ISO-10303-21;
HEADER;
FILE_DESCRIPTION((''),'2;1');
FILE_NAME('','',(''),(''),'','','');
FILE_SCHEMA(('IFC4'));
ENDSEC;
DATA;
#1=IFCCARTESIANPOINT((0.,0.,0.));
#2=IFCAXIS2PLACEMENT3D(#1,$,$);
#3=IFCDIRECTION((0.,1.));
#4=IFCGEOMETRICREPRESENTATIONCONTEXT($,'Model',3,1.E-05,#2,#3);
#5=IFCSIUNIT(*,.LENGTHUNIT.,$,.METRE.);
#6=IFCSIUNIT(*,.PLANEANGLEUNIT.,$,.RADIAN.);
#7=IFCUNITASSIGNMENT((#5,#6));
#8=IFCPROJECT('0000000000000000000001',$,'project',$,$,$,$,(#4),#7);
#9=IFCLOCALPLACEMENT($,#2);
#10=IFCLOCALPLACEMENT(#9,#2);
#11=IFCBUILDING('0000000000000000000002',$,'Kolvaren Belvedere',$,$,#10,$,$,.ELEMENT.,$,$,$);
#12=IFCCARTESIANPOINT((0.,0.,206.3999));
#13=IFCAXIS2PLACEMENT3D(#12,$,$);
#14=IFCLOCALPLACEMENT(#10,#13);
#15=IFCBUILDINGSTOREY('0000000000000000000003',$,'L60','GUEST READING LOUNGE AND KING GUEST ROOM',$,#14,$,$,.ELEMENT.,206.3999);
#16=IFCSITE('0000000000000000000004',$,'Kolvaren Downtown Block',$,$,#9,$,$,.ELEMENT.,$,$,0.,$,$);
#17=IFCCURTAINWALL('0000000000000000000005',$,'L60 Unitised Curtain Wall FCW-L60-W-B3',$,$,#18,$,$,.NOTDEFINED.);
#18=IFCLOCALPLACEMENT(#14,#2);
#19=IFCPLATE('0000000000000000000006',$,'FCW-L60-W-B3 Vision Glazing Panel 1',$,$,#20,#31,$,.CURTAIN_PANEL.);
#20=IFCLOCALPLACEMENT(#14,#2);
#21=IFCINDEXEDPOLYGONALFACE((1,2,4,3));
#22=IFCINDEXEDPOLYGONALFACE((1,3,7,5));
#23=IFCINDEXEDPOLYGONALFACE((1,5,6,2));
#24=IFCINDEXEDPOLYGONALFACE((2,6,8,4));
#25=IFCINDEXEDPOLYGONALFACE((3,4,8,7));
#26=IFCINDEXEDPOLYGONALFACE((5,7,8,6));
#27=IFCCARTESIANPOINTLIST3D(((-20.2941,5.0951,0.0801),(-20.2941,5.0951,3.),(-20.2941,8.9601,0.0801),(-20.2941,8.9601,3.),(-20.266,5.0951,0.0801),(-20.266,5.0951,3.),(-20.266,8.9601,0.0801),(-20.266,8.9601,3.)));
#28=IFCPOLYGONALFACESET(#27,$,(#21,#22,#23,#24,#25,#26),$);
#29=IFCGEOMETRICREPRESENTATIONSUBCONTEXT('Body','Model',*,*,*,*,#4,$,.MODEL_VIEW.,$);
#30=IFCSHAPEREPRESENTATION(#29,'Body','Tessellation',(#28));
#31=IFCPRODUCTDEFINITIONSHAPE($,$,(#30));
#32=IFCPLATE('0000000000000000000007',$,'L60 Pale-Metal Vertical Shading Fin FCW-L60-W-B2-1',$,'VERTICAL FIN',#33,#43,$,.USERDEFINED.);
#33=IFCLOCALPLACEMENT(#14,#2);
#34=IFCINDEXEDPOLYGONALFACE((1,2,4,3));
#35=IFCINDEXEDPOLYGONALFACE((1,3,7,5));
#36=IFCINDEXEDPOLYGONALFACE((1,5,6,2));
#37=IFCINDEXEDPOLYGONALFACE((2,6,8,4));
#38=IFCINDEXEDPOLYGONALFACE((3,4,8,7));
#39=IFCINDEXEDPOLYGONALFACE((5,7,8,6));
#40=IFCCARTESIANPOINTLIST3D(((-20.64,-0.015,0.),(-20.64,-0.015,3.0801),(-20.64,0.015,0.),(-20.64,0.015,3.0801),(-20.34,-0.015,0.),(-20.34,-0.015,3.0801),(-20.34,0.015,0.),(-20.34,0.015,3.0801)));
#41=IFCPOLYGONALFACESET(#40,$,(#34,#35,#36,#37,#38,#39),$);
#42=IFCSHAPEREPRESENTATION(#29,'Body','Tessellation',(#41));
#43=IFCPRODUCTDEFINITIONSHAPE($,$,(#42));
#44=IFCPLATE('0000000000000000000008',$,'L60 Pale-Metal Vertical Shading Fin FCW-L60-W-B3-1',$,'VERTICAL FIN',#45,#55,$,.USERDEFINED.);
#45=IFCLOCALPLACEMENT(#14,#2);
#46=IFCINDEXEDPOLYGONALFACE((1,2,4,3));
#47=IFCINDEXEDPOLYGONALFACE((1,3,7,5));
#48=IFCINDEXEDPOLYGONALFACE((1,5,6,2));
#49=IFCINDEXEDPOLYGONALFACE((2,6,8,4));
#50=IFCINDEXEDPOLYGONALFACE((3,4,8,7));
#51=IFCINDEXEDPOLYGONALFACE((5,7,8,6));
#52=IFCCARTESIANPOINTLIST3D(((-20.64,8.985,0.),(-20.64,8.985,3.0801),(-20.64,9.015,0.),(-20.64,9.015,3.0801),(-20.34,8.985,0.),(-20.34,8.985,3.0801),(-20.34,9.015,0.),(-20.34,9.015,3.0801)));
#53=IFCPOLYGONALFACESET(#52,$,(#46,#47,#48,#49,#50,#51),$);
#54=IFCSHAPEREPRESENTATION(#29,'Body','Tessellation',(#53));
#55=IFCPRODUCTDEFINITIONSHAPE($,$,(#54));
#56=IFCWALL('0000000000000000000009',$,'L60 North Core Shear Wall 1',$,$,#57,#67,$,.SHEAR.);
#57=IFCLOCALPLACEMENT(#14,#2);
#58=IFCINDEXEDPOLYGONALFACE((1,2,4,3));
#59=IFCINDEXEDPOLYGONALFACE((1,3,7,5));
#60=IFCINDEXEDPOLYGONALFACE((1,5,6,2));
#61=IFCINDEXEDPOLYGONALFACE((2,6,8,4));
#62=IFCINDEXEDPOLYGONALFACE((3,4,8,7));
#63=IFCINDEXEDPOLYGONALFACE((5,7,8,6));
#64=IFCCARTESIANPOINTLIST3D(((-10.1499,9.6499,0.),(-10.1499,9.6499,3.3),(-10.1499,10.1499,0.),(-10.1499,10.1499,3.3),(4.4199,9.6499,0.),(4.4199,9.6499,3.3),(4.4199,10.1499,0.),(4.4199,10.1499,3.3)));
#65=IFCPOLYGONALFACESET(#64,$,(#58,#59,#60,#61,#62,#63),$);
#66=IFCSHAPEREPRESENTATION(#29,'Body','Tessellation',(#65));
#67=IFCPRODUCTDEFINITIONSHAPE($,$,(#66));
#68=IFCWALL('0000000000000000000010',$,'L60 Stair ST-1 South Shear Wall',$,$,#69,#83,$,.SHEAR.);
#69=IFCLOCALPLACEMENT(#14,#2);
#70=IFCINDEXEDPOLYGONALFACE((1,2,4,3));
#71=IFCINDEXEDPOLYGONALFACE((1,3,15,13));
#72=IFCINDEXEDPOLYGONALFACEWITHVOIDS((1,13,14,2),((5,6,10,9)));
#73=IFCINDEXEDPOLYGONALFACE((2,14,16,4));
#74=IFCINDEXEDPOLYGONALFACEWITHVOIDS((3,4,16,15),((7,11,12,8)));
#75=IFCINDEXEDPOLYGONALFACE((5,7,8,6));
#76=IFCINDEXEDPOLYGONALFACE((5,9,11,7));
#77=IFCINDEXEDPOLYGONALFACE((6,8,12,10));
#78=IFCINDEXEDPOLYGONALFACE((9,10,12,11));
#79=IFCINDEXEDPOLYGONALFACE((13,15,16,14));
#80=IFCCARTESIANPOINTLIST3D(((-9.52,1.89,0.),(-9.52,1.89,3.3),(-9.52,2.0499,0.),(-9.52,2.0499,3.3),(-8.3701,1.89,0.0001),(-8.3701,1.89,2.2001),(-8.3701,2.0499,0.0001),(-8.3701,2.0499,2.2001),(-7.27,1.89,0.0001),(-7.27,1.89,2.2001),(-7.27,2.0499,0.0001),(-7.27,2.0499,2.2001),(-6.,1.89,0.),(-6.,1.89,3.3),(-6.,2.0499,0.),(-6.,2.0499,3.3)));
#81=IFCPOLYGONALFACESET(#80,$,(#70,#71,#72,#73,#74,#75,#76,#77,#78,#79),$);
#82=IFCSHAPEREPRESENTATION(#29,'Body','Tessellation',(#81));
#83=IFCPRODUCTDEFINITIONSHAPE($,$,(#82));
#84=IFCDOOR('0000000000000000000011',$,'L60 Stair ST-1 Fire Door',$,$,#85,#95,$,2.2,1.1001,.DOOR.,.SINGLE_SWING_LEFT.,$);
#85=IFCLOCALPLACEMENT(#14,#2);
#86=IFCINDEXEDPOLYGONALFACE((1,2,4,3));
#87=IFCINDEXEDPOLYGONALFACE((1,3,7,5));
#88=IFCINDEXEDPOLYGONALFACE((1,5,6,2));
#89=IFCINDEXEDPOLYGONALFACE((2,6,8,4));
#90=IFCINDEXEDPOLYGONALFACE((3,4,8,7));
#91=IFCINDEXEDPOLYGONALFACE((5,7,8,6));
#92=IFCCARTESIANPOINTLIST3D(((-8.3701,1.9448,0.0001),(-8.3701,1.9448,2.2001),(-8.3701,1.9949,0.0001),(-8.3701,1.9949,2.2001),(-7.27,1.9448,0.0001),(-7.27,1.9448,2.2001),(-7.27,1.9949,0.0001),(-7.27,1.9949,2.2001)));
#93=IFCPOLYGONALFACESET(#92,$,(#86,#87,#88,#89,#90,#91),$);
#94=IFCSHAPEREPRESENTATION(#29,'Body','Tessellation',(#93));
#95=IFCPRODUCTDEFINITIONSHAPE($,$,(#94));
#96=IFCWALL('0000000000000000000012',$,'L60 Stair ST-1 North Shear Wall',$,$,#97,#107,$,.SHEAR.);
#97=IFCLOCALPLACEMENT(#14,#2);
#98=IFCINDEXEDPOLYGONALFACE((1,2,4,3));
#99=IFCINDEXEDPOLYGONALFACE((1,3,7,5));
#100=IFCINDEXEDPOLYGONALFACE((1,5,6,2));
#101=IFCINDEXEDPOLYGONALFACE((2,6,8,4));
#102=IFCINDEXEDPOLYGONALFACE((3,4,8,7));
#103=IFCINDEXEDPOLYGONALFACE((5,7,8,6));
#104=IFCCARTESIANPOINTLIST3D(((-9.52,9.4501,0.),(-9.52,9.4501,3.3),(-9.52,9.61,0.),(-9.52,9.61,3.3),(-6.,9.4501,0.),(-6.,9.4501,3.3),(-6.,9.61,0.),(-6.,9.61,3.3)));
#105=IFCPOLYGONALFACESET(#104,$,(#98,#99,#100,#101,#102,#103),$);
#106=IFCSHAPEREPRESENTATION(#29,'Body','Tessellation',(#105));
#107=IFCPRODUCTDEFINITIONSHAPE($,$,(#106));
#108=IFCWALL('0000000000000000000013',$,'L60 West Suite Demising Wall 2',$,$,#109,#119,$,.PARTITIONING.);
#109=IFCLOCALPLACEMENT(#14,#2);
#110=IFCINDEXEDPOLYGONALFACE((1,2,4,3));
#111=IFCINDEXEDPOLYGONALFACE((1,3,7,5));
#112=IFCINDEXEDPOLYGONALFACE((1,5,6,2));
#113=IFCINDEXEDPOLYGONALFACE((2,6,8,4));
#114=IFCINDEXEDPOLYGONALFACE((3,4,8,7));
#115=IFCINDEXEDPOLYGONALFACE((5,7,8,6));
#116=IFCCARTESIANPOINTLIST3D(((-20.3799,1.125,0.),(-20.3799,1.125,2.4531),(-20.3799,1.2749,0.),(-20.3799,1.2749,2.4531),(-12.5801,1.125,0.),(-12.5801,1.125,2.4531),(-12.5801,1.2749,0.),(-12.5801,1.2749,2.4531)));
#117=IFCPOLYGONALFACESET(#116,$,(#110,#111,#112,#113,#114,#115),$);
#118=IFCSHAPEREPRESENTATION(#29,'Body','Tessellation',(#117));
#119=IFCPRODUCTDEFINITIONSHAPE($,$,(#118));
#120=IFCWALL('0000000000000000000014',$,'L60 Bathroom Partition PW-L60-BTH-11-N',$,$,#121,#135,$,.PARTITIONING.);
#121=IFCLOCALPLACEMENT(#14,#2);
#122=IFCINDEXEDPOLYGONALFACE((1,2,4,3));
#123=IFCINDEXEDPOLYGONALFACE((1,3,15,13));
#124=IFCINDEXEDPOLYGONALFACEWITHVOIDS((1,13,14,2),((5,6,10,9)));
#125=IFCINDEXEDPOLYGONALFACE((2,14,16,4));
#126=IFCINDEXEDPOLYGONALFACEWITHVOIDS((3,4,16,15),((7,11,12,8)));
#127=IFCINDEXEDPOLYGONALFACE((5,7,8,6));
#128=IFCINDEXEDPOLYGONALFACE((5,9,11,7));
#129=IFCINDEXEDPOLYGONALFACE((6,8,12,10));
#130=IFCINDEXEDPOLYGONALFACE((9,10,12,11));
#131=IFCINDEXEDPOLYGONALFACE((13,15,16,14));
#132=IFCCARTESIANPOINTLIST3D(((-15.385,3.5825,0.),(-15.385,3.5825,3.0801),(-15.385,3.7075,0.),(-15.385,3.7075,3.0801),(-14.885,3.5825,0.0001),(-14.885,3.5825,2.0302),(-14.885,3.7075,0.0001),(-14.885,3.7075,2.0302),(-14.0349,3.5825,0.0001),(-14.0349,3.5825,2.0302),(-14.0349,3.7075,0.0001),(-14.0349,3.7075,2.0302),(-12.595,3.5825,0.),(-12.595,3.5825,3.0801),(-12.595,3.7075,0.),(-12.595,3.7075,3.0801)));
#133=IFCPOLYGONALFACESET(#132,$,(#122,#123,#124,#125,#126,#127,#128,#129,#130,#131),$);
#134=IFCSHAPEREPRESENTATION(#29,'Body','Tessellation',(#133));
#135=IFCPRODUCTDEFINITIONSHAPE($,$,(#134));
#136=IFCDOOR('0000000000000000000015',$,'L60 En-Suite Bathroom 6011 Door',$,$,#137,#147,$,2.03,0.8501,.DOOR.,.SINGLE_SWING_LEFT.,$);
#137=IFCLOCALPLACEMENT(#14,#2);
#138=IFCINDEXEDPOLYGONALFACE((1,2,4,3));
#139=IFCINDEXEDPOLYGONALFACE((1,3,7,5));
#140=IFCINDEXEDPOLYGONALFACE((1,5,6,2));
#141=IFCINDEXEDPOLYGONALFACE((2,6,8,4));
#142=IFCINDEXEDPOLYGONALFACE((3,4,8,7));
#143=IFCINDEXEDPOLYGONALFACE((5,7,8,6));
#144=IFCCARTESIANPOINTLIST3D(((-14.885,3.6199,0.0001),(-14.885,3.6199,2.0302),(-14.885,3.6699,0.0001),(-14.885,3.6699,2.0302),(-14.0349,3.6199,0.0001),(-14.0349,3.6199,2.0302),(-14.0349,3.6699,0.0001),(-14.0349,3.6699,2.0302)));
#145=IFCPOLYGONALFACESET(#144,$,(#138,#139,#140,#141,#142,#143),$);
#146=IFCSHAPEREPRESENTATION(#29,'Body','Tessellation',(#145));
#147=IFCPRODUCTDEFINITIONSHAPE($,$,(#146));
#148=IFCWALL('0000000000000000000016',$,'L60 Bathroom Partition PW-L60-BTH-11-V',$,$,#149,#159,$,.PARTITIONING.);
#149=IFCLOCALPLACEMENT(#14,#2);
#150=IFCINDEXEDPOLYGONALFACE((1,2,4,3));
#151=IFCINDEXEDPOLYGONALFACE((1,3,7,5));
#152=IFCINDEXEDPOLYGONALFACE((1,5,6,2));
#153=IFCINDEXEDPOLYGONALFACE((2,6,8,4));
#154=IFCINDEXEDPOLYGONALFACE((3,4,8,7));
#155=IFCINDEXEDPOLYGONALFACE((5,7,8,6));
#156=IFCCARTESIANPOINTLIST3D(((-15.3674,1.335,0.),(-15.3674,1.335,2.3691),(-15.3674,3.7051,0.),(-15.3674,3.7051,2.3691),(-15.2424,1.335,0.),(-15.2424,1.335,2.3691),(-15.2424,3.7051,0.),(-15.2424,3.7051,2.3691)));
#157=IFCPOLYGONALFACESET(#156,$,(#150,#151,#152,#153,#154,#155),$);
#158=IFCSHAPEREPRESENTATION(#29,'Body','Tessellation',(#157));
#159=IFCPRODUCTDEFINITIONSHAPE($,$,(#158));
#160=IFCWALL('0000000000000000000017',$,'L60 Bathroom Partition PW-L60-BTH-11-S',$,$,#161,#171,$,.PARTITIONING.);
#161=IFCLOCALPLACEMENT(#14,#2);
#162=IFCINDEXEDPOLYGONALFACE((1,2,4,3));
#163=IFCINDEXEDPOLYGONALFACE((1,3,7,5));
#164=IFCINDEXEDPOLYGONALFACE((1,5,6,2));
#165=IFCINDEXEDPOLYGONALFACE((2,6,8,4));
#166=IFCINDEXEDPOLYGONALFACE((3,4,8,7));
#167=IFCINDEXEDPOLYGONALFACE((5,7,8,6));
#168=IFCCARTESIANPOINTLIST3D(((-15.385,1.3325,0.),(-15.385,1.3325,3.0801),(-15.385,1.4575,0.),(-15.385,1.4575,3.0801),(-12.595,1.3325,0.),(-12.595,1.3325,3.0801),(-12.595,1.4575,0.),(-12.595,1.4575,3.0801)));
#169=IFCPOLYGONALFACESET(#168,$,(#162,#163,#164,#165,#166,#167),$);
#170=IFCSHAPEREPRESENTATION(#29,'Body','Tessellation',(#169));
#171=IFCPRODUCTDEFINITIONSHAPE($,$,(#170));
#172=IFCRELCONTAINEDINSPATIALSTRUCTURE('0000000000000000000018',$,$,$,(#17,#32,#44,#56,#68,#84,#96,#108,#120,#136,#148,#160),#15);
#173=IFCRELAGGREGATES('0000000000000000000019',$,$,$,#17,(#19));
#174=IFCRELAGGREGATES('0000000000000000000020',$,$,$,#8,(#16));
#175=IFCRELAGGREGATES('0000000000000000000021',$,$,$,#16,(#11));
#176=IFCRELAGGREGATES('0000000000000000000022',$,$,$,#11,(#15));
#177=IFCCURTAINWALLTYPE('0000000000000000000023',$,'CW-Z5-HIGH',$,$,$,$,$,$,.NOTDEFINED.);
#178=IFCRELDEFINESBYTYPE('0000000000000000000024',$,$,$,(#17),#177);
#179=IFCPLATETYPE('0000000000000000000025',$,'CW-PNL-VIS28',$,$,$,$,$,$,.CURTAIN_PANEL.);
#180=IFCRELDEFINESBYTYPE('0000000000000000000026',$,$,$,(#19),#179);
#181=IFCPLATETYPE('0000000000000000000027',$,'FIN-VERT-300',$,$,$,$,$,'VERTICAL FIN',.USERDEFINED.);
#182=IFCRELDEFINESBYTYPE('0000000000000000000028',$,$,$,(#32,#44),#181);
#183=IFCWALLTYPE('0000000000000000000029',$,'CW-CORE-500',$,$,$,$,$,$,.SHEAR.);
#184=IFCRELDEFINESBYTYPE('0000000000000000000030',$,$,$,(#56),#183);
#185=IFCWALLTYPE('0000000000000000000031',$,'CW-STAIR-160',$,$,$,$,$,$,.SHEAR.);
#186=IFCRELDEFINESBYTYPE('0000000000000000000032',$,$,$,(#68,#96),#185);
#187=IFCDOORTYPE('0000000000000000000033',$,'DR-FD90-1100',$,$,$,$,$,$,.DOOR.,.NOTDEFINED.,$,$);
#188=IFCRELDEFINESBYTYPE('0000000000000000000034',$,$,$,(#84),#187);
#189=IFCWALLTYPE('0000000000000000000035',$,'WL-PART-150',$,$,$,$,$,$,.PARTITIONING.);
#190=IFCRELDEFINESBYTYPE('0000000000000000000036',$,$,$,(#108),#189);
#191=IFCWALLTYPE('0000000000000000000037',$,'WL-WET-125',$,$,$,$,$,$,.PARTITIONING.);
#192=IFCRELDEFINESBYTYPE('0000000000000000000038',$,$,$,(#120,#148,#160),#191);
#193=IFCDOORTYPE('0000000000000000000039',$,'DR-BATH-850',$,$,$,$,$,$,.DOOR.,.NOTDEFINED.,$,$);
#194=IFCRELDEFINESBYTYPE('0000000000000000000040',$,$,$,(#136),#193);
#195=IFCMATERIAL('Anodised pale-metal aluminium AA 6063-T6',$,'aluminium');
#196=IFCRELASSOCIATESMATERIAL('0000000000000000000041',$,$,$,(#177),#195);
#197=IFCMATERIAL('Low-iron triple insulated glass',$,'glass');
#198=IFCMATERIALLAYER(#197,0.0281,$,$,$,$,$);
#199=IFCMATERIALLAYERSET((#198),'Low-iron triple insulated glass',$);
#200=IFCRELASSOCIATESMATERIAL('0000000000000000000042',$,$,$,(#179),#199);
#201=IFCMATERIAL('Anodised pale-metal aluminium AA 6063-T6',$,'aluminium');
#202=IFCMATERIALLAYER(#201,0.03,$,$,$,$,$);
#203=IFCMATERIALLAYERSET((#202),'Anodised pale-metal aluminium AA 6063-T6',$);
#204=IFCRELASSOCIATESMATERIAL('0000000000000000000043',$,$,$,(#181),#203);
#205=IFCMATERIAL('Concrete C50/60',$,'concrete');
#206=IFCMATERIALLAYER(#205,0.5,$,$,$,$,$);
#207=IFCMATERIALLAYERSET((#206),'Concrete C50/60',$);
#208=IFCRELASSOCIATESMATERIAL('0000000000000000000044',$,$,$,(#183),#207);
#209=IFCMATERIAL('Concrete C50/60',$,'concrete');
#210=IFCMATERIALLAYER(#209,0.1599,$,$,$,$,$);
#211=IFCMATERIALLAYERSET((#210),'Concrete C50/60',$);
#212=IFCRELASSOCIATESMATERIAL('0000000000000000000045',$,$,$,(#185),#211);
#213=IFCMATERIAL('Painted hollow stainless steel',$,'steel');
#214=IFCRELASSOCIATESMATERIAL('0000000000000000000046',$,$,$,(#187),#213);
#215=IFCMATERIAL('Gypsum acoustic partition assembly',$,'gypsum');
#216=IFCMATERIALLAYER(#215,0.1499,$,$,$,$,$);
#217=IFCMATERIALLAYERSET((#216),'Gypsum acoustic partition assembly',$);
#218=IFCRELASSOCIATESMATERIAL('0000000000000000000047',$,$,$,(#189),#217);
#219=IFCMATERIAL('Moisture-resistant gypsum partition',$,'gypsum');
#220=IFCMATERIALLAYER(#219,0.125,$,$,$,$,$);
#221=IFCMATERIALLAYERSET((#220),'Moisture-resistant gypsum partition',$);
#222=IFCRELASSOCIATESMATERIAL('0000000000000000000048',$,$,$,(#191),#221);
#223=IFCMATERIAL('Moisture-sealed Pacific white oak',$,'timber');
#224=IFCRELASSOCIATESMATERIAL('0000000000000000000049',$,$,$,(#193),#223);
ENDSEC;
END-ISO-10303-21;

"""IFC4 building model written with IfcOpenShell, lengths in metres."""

from ifc_helpers import new_model, si_unit, direction, frame, frame_2d, origin, origin_2d, place, context, subcontext, project, spatial, rectangle, extrude, material, layer, layer_set, type_object, element, fill, aggregate, save


model = new_model("IFC4")

# Units and contexts
model_context = context("Model", 3, precision=1e-05, world=origin(), true_north=direction((0.0, 1.0)))
body_context = subcontext(model_context, "Body", "Model", "MODEL_VIEW")
ifc_project = project(units=[si_unit("LENGTHUNIT", "METRE"), si_unit("PLANEANGLEUNIT", "RADIAN")], contexts=[model_context])

# Site, building, storey
site_placement = place(None, origin())
site = spatial("IfcSite", under=ifc_project, at=site_placement, Name="Kolvaren Downtown Block", CompositionType="ELEMENT", RefElevation=0.0)
building_placement = place(site_placement, origin())
building = spatial("IfcBuilding", under=site, at=building_placement, Name="Kolvaren Belvedere", CompositionType="ELEMENT")
storey_placement = place(building_placement, frame((0.0, 0.0, 206.3999)))
storey = spatial("IfcBuildingStorey", under=building, at=storey_placement, Name="L60", Description="GUEST READING LOUNGE AND KING GUEST ROOM", CompositionType="ELEMENT", Elevation=206.3999)

# Curtain wall
ifc_material_1 = material(Name="Anodised pale-metal aluminium AA 6063-T6", Category="aluminium")
curtain_wall_type = type_object("IfcCurtainWallType", Name="CW-Z5-HIGH", PredefinedType="NOTDEFINED", material=ifc_material_1)
curtain_wall_1_placement = place(storey_placement, origin())
curtain_wall_1 = element("IfcCurtainWall", 1, at=curtain_wall_1_placement, inside=storey, type_object=curtain_wall_type, Name="L60 Unitised Curtain Wall FCW-L60-W-B3", PredefinedType="NOTDEFINED")

# Plate
ifc_material_2 = material(Name="Low-iron triple insulated glass", Category="glass")
ifc_layer_1 = layer(ifc_material_2, 0.0281)
ifc_layer_set_1 = layer_set([ifc_layer_1], Name="Low-iron triple insulated glass")
plate_type_1 = type_object("IfcPlateType", Name="CW-PNL-VIS28", PredefinedType="CURTAIN_PANEL", material=ifc_layer_set_1)
plate_1_placement = place(storey_placement, frame((-20.28, 7.0276, 0.0801), z_axis=(0.0, 0.0, 1.0), x_axis=(0.0, 1.0, 0.0)))
plate_1 = element("IfcPlate", 2, at=plate_1_placement, type_object=plate_type_1, Name="FCW-L60-W-B3 Vision Glazing Panel 1", PredefinedType="CURTAIN_PANEL", context=body_context, shape_type="SweptSolid", body=[
    extrude(rectangle(XDim=3.865, YDim=0.0281, at=origin_2d()), origin(), (0.0, 0.0, 1.0), 2.9199),
])
aggregate(curtain_wall_1, [plate_1])

# Plates
ifc_material_3 = material(Name="Anodised pale-metal aluminium AA 6063-T6", Category="aluminium")
ifc_layer_2 = layer(ifc_material_3, 0.03)
ifc_layer_set_2 = layer_set([ifc_layer_2], Name="Anodised pale-metal aluminium AA 6063-T6")
plate_type_2 = type_object("IfcPlateType", Name="FIN-VERT-300", ElementType="VERTICAL FIN", PredefinedType="USERDEFINED", material=ifc_layer_set_2)
for number, where, z_axis, x_axis, name in (
    (3, (-20.49, 0.0, 0.0), (0.0, 0.0, 1.0), (1.0, 0.0, 0.0), "L60 Pale-Metal Vertical Shading Fin FCW-L60-W-B2-1"),
    (4, (-20.49, 9.0, 0.0), (0.0, 0.0, 1.0), (1.0, 0.0, 0.0), "L60 Pale-Metal Vertical Shading Fin FCW-L60-W-B3-1"),
):
    element("IfcPlate", number, at=place(storey_placement, frame(where, z_axis=z_axis, x_axis=x_axis)), inside=storey, type_object=plate_type_2, Name=name, ObjectType="VERTICAL FIN", PredefinedType="USERDEFINED", context=body_context, shape_type="SweptSolid", body=[
        extrude(rectangle(XDim=0.3, YDim=0.03, at=origin_2d()), origin(), (0.0, 0.0, 1.0), 3.0801),
    ])

# Wall
ifc_material_4 = material(Name="Concrete C50/60", Category="concrete")
ifc_layer_3 = layer(ifc_material_4, 0.5)
ifc_layer_set_3 = layer_set([ifc_layer_3], Name="Concrete C50/60")
wall_type_1 = type_object("IfcWallType", Name="CW-CORE-500", PredefinedType="SHEAR", material=ifc_layer_set_3)
wall_1_placement = place(storey_placement, frame((-10.1499, 9.8999, 0.0), z_axis=(0.0, 0.0, 1.0), x_axis=(1.0, 0.0, 0.0)))
element("IfcWall", 5, at=wall_1_placement, inside=storey, type_object=wall_type_1, Name="L60 North Core Shear Wall 1", PredefinedType="SHEAR", context=body_context, shape_type="SweptSolid", body=[
    extrude(rectangle(XDim=14.5698, YDim=0.5, at=frame_2d((7.2849, 0.0))), origin(), (0.0, 0.0, 1.0), 3.3),
])

# Wall, opening, door
ifc_material_5 = material(Name="Concrete C50/60", Category="concrete")
ifc_layer_4 = layer(ifc_material_5, 0.1599)
ifc_layer_set_4 = layer_set([ifc_layer_4], Name="Concrete C50/60")
wall_type_2 = type_object("IfcWallType", Name="CW-STAIR-160", PredefinedType="SHEAR", material=ifc_layer_set_4)
wall_2_placement = place(storey_placement, frame((-9.52, 1.97, 0.0), z_axis=(0.0, 0.0, 1.0), x_axis=(1.0, 0.0, 0.0)))
wall_2 = element("IfcWall", 6, at=wall_2_placement, inside=storey, type_object=wall_type_2, Name="L60 Stair ST-1 South Shear Wall", PredefinedType="SHEAR", context=body_context, shape_type="SweptSolid", body=[
    extrude(rectangle(XDim=3.52, YDim=0.1599, at=frame_2d((1.76, 0.0))), origin(), (0.0, 0.0, 1.0), 3.3),
])
opening_1_placement = place(wall_2_placement, frame((1.1499, 0.0, 0.0)))
opening_1 = element("IfcOpeningElement", 7, at=opening_1_placement, cuts=wall_2, PredefinedType="OPENING", context=body_context, shape_type="SweptSolid", body=[
    extrude(rectangle(XDim=1.1001, YDim=2.2, at=frame_2d((0.55, 1.1001))), frame((0.0, 0.0898, 0.0), z_axis=(0.0, -1.0, 0.0), x_axis=(1.0, 0.0, 0.0)), (0.0, 0.0, 1.0), 0.1799),
])
ifc_material_6 = material(Name="Painted hollow stainless steel", Category="steel")
door_type_1 = type_object("IfcDoorType", Name="DR-FD90-1100", OperationType="NOTDEFINED", PredefinedType="DOOR", material=ifc_material_6)
door_1_placement = place(opening_1_placement, origin())
door_1 = element("IfcDoor", 8, at=door_1_placement, inside=storey, type_object=door_type_1, Name="L60 Stair ST-1 Fire Door", OperationType="SINGLE_SWING_LEFT", OverallHeight=2.2, OverallWidth=1.1001, PredefinedType="DOOR", context=body_context, shape_type="SweptSolid", body=[
    extrude(rectangle(XDim=1.1001, YDim=2.2, at=frame_2d((0.55, 1.1001))), frame((0.0, 0.0249, 0.0), z_axis=(0.0, -1.0, 0.0), x_axis=(1.0, 0.0, 0.0)), (0.0, 0.0, 1.0), 0.05),
])
fill(opening_1, door_1)

# Walls
wall_3_placement = place(storey_placement, frame((-9.52, 9.53, 0.0), z_axis=(0.0, 0.0, 1.0), x_axis=(1.0, 0.0, 0.0)))
element("IfcWall", 9, at=wall_3_placement, inside=storey, type_object=wall_type_2, Name="L60 Stair ST-1 North Shear Wall", PredefinedType="SHEAR", context=body_context, shape_type="SweptSolid", body=[
    extrude(rectangle(XDim=3.52, YDim=0.1599, at=frame_2d((1.76, 0.0))), origin(), (0.0, 0.0, 1.0), 3.3),
])
ifc_material_7 = material(Name="Gypsum acoustic partition assembly", Category="gypsum")
ifc_layer_5 = layer(ifc_material_7, 0.1499)
ifc_layer_set_5 = layer_set([ifc_layer_5], Name="Gypsum acoustic partition assembly")
wall_type_3 = type_object("IfcWallType", Name="WL-PART-150", PredefinedType="PARTITIONING", material=ifc_layer_set_5)
wall_4_placement = place(storey_placement, frame((-20.3799, 1.2, 0.0), z_axis=(0.0, 0.0, 1.0), x_axis=(1.0, 0.0, 0.0)))
element("IfcWall", 10, at=wall_4_placement, inside=storey, type_object=wall_type_3, Name="L60 West Suite Demising Wall 2", PredefinedType="PARTITIONING", context=body_context, shape_type="SweptSolid", body=[
    extrude(rectangle(XDim=7.7998, YDim=0.1499, at=frame_2d((3.8999, 0.0))), origin(), (0.0, 0.0, 1.0), 2.4531),
])

# Wall, opening, door
ifc_material_8 = material(Name="Moisture-resistant gypsum partition", Category="gypsum")
ifc_layer_6 = layer(ifc_material_8, 0.125)
ifc_layer_set_6 = layer_set([ifc_layer_6], Name="Moisture-resistant gypsum partition")
wall_type_4 = type_object("IfcWallType", Name="WL-WET-125", PredefinedType="PARTITIONING", material=ifc_layer_set_6)
wall_5_placement = place(storey_placement, frame((-15.385, 3.645, 0.0), z_axis=(0.0, 0.0, 1.0), x_axis=(1.0, 0.0, 0.0)))
wall_5 = element("IfcWall", 11, at=wall_5_placement, inside=storey, type_object=wall_type_4, Name="L60 Bathroom Partition PW-L60-BTH-11-N", PredefinedType="PARTITIONING", context=body_context, shape_type="SweptSolid", body=[
    extrude(rectangle(XDim=2.79, YDim=0.125, at=frame_2d((1.395, 0.0))), origin(), (0.0, 0.0, 1.0), 3.0801),
])
opening_2_placement = place(wall_5_placement, frame((0.5, 0.0, 0.0)))
opening_2 = element("IfcOpeningElement", 12, at=opening_2_placement, cuts=wall_5, PredefinedType="OPENING", context=body_context, shape_type="SweptSolid", body=[
    extrude(rectangle(XDim=0.8501, YDim=2.03, at=frame_2d((0.425, 1.0151))), frame((0.0, 0.0725, 0.0), z_axis=(0.0, -1.0, 0.0), x_axis=(1.0, 0.0, 0.0)), (0.0, 0.0, 1.0), 0.145),
])
ifc_material_9 = material(Name="Moisture-sealed Pacific white oak", Category="timber")
door_type_2 = type_object("IfcDoorType", Name="DR-BATH-850", OperationType="NOTDEFINED", PredefinedType="DOOR", material=ifc_material_9)
door_2_placement = place(opening_2_placement, origin())
door_2 = element("IfcDoor", 13, at=door_2_placement, inside=storey, type_object=door_type_2, Name="L60 En-Suite Bathroom 6011 Door", OperationType="SINGLE_SWING_LEFT", OverallHeight=2.03, OverallWidth=0.8501, PredefinedType="DOOR", context=body_context, shape_type="SweptSolid", body=[
    extrude(rectangle(XDim=0.8501, YDim=2.03, at=frame_2d((0.425, 1.0151))), frame((0.0, 0.0249, 0.0), z_axis=(0.0, -1.0, 0.0), x_axis=(1.0, 0.0, 0.0)), (0.0, 0.0, 1.0), 0.05),
])
fill(opening_2, door_2)

# Walls
wall_6_placement = place(storey_placement, frame((-15.3049, 1.335, 0.0), z_axis=(0.0, 0.0, 1.0), x_axis=(0.0, 1.0, 0.0)))
element("IfcWall", 14, at=wall_6_placement, inside=storey, type_object=wall_type_4, Name="L60 Bathroom Partition PW-L60-BTH-11-V", PredefinedType="PARTITIONING", context=body_context, shape_type="SweptSolid", body=[
    extrude(rectangle(XDim=2.3701, YDim=0.125, at=frame_2d((1.1851, 0.0))), origin(), (0.0, 0.0, 1.0), 2.3691),
])
wall_7_placement = place(storey_placement, frame((-15.385, 1.395, 0.0), z_axis=(0.0, 0.0, 1.0), x_axis=(1.0, 0.0, 0.0)))
element("IfcWall", 15, at=wall_7_placement, inside=storey, type_object=wall_type_4, Name="L60 Bathroom Partition PW-L60-BTH-11-S", PredefinedType="PARTITIONING", context=body_context, shape_type="SweptSolid", body=[
    extrude(rectangle(XDim=2.79, YDim=0.125, at=frame_2d((1.395, 0.0))), origin(), (0.0, 0.0, 1.0), 3.0801),
])

save(model, "model.ifc")
